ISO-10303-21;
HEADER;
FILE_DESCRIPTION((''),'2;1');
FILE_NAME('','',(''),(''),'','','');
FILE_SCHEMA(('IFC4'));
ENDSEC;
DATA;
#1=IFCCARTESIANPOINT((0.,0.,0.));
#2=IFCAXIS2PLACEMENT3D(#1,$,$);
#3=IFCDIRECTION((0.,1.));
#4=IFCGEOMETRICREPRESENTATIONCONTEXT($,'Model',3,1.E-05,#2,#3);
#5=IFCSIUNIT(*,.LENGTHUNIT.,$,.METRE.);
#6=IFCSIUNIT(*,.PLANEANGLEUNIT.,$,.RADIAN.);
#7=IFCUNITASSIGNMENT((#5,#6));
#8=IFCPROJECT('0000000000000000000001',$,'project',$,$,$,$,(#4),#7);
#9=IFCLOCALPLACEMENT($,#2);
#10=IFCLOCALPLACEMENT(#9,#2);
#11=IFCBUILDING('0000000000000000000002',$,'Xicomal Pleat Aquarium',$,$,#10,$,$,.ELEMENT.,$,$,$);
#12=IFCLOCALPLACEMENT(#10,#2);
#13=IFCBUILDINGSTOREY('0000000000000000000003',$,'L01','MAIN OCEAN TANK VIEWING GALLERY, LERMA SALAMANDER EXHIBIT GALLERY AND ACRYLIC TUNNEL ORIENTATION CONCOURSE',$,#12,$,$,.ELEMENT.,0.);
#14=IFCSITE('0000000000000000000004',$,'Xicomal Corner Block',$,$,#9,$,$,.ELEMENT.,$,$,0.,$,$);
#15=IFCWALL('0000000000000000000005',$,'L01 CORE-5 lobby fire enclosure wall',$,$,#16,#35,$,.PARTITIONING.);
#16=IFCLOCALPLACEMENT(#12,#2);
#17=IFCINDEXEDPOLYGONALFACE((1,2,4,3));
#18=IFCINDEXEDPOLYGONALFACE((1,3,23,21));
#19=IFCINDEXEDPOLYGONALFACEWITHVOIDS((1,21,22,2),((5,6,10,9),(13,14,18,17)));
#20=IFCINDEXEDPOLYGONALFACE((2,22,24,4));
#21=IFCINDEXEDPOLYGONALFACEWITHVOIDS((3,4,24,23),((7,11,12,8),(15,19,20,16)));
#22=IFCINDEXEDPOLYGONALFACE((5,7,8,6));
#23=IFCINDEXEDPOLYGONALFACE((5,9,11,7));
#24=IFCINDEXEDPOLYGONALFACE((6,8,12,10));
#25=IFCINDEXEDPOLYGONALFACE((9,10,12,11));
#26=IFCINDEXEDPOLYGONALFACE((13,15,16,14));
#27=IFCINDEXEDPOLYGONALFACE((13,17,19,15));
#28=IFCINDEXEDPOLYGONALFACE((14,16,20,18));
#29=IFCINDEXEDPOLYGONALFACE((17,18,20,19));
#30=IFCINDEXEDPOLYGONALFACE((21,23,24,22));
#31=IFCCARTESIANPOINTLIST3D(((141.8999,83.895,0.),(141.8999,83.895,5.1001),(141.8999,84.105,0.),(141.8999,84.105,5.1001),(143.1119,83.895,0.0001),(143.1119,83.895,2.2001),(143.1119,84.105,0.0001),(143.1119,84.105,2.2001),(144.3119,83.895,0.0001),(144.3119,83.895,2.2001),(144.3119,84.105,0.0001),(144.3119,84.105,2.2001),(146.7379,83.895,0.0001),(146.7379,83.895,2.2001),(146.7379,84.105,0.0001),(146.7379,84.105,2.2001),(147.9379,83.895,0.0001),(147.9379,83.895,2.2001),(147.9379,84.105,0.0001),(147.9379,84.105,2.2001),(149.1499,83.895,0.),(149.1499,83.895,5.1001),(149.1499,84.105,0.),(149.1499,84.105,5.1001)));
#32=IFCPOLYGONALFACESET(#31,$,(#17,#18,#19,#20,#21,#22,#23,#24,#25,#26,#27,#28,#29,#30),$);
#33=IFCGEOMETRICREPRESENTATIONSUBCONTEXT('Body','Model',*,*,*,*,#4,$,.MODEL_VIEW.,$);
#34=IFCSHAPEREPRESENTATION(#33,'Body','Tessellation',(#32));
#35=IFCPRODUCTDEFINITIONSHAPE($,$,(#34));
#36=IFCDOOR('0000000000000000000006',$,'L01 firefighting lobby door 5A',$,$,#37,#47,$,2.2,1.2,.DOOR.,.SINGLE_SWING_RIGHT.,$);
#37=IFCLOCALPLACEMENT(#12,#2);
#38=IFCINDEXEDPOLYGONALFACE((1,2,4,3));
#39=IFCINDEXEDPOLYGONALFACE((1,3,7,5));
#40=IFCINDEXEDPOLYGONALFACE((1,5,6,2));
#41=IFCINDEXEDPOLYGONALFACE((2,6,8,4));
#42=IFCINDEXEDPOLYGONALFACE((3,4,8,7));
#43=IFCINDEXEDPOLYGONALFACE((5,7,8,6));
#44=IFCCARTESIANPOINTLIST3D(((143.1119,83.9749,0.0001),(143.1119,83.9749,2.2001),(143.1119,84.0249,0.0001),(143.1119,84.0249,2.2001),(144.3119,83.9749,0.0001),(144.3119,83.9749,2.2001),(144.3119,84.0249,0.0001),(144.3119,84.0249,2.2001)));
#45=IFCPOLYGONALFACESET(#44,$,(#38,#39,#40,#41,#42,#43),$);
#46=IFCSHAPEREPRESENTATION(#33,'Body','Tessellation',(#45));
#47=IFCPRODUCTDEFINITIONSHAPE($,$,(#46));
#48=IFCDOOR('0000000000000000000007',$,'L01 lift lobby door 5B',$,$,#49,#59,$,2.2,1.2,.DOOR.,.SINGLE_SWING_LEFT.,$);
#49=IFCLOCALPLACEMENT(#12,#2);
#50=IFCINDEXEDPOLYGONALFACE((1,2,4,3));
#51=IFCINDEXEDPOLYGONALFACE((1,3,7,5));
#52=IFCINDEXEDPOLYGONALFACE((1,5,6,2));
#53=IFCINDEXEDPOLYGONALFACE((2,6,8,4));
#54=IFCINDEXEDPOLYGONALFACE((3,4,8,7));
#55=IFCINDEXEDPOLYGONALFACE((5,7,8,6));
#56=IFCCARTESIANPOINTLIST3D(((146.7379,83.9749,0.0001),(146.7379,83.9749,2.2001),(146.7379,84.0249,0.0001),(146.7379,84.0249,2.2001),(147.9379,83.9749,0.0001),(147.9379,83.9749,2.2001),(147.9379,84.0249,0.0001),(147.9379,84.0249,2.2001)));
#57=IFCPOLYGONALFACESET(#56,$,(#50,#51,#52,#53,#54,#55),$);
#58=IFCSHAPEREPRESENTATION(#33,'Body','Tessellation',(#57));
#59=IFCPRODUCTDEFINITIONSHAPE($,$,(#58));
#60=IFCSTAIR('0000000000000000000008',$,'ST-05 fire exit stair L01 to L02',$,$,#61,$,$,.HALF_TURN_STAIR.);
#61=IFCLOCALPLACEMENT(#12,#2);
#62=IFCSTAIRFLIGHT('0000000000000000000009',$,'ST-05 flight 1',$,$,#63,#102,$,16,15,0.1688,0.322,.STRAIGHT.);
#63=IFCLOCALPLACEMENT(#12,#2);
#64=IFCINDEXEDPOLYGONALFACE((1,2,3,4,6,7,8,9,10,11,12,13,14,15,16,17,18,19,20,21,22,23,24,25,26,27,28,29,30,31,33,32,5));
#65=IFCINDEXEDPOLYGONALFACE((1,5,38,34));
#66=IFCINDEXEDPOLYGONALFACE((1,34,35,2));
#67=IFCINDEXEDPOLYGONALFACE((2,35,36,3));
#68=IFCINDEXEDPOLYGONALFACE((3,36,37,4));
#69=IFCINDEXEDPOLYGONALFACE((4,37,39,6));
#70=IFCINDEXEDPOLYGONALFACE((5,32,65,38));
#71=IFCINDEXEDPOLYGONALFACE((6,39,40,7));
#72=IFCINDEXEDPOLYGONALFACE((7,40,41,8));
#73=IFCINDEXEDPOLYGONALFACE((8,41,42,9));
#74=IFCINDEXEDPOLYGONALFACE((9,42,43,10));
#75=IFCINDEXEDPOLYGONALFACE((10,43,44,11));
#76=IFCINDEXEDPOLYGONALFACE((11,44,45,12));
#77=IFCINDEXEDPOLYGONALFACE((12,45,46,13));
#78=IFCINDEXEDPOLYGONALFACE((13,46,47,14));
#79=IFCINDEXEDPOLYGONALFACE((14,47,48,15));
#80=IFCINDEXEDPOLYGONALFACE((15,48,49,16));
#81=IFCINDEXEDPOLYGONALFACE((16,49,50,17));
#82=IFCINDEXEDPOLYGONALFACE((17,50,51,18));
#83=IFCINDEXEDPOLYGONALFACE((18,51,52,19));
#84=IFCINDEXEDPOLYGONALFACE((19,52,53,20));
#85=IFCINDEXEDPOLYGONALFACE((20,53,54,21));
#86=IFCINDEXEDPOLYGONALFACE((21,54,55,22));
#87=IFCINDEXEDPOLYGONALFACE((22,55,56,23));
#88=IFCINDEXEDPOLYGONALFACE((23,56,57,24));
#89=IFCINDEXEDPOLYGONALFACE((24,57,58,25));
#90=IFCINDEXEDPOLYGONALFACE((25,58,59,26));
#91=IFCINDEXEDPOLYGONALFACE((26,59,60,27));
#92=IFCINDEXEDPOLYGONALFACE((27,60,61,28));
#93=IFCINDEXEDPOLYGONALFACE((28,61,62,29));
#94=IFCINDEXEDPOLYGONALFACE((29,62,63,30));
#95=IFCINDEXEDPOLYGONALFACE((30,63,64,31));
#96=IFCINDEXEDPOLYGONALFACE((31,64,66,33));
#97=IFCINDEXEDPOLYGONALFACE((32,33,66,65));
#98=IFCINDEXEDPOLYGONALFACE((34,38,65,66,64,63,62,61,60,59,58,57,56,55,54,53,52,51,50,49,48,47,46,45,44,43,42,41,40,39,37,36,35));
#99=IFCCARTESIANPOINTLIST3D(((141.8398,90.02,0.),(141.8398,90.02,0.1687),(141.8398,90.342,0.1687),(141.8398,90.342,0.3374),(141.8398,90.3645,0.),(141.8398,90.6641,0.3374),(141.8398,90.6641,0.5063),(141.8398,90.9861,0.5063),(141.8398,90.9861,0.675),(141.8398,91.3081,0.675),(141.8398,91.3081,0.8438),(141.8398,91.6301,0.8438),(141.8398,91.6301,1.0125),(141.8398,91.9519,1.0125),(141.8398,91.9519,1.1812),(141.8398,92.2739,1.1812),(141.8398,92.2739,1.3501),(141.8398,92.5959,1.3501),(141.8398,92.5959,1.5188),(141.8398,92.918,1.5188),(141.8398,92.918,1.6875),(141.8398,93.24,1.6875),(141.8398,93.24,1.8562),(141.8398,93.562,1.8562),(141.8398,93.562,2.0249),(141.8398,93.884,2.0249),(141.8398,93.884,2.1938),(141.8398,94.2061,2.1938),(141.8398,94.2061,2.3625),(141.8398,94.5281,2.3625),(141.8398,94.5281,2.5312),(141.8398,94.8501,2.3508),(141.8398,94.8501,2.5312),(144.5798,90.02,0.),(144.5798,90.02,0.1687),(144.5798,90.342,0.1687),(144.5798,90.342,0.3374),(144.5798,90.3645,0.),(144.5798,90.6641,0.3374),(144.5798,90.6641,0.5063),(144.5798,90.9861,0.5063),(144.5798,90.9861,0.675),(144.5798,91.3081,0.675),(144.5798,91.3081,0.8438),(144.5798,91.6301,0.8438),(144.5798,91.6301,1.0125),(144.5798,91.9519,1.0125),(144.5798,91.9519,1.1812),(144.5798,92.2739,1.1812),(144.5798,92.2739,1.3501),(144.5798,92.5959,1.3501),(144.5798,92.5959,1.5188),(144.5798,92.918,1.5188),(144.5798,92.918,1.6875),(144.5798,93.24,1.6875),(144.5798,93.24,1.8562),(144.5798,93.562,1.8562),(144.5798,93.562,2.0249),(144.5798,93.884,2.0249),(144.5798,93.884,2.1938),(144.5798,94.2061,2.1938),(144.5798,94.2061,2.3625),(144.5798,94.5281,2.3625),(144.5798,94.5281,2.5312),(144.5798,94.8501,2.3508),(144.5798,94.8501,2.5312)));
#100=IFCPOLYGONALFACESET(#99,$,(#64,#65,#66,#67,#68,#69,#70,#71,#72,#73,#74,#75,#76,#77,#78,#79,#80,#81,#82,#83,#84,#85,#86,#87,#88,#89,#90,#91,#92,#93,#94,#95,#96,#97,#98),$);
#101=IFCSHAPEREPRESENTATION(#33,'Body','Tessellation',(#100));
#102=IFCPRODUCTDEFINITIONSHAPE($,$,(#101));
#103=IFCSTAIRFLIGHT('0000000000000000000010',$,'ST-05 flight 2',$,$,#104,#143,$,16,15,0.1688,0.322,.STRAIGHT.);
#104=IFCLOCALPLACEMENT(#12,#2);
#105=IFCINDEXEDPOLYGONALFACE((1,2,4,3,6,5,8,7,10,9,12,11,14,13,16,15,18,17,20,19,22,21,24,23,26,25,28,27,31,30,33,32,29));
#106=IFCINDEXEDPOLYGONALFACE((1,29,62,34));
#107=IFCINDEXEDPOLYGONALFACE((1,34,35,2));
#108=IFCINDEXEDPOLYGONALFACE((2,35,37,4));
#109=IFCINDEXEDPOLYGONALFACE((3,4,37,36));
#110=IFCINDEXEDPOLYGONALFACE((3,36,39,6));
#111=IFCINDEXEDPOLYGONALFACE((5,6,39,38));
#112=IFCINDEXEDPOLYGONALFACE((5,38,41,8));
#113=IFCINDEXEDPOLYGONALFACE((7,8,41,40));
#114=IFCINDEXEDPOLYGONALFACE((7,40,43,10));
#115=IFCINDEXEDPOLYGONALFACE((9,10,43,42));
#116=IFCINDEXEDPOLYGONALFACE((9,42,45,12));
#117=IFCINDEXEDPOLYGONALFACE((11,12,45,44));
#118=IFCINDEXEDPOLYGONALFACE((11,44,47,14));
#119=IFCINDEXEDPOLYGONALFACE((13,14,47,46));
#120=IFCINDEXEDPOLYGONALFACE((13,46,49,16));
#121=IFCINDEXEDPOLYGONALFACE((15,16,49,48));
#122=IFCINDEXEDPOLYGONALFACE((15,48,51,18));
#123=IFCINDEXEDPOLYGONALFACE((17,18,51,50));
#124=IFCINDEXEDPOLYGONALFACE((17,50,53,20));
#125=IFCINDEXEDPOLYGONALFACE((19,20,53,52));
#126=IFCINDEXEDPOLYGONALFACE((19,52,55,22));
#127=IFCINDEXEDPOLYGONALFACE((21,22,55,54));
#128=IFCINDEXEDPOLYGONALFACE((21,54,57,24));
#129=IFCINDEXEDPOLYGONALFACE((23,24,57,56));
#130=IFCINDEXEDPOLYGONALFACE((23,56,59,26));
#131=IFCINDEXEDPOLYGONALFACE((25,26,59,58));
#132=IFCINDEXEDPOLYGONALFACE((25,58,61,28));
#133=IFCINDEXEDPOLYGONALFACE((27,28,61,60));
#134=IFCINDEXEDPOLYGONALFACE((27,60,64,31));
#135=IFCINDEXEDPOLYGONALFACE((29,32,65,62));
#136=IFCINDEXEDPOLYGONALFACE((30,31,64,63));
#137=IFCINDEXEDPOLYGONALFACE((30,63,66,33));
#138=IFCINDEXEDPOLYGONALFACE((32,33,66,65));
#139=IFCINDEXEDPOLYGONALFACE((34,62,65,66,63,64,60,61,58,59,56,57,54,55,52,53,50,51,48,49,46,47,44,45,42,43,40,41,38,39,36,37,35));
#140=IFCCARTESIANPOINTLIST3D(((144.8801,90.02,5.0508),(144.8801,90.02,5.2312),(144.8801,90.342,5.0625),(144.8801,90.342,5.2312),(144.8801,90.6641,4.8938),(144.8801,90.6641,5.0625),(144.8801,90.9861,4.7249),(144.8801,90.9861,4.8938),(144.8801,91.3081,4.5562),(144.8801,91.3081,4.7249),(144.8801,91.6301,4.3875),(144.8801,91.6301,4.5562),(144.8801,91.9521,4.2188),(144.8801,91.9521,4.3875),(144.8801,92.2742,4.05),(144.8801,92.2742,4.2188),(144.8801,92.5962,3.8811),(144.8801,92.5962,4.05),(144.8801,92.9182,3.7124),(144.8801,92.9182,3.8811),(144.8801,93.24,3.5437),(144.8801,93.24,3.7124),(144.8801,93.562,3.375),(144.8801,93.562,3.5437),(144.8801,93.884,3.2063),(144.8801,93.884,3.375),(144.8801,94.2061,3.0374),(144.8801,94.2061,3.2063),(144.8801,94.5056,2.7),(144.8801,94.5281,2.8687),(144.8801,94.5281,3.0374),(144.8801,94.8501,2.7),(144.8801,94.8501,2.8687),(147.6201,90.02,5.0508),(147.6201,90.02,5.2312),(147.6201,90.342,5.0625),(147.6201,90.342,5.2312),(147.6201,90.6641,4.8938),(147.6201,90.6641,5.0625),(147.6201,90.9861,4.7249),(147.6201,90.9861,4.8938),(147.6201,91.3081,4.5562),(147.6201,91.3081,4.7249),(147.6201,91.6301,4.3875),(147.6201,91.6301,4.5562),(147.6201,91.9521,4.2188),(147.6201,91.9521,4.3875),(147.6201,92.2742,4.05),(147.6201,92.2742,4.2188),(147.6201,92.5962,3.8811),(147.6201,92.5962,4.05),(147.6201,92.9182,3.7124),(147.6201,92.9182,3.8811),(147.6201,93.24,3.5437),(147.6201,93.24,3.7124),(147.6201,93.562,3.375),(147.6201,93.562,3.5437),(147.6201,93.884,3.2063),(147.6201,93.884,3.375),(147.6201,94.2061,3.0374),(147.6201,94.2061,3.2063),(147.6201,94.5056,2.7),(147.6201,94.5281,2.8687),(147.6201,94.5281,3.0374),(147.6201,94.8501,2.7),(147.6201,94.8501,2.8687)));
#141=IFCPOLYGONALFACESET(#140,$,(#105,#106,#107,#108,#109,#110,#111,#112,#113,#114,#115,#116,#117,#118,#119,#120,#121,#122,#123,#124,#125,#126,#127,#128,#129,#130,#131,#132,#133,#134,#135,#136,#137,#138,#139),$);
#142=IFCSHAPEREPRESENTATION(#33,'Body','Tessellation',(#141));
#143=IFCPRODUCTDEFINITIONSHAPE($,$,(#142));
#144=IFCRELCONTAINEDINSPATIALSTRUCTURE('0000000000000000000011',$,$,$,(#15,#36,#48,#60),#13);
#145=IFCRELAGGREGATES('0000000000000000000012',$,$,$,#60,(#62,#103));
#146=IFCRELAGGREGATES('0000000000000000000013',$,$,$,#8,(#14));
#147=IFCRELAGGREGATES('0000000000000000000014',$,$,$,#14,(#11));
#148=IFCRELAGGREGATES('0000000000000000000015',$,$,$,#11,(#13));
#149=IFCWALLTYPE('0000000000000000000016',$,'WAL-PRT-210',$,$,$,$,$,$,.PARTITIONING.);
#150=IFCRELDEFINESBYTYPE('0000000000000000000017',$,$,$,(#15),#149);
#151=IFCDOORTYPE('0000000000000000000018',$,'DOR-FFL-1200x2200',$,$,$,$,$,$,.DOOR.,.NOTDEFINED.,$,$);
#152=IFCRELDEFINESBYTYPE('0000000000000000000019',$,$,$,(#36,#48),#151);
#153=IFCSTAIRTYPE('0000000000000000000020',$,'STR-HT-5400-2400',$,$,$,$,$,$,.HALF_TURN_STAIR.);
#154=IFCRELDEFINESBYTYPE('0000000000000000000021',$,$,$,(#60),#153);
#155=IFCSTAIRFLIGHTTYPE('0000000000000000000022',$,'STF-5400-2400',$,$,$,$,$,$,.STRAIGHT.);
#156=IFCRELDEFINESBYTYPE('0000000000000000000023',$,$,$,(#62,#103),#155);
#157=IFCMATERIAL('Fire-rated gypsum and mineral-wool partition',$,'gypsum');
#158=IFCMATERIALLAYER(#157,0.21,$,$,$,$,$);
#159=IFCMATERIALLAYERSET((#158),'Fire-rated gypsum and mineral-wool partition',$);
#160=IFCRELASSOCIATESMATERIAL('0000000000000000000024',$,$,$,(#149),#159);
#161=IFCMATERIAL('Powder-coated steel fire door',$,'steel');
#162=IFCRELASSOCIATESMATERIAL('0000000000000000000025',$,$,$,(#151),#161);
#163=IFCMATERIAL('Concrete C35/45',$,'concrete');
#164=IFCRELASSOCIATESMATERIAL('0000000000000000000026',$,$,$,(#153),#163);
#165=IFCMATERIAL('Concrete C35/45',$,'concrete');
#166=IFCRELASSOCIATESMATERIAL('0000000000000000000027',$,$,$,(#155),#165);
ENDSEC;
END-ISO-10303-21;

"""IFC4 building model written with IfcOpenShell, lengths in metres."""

from ifc_helpers import new_model, si_unit, direction, frame, frame_2d, origin, place, context, subcontext, project, spatial, polyline, rectangle, outline, extrude, material, layer, layer_set, type_object, element, fill, aggregate, save


model = new_model("IFC4")

# Units and contexts
model_context = context("Model", 3, precision=1e-05, world=origin(), true_north=direction((0.0, 1.0)))
body_context = subcontext(model_context, "Body", "Model", "MODEL_VIEW")
ifc_project = project(units=[si_unit("LENGTHUNIT", "METRE"), si_unit("PLANEANGLEUNIT", "RADIAN")], contexts=[model_context])

# Site, building, storey
site_placement = place(None, origin())
site = spatial("IfcSite", under=ifc_project, at=site_placement, Name="Xicomal Corner Block", CompositionType="ELEMENT", RefElevation=0.0)
building_placement = place(site_placement, origin())
building = spatial("IfcBuilding", under=site, at=building_placement, Name="Xicomal Pleat Aquarium", CompositionType="ELEMENT")
storey_placement = place(building_placement, origin())
storey = spatial("IfcBuildingStorey", under=building, at=storey_placement, Name="L01", Description="MAIN OCEAN TANK VIEWING GALLERY, LERMA SALAMANDER EXHIBIT GALLERY AND ACRYLIC TUNNEL ORIENTATION CONCOURSE", CompositionType="ELEMENT", Elevation=0.0)

# Wall, openings, doors
ifc_material_1 = material(Name="Fire-rated gypsum and mineral-wool partition", Category="gypsum")
ifc_layer_1 = layer(ifc_material_1, 0.21)
ifc_layer_set_1 = layer_set([ifc_layer_1], Name="Fire-rated gypsum and mineral-wool partition")
wall_type_1 = type_object("IfcWallType", Name="WAL-PRT-210", PredefinedType="PARTITIONING", material=ifc_layer_set_1)
wall_1_placement = place(storey_placement, frame((141.8999, 84.0, 0.0), z_axis=(0.0, 0.0, 1.0), x_axis=(1.0, 0.0, 0.0)))
wall_1 = element("IfcWall", 1, at=wall_1_placement, inside=storey, type_object=wall_type_1, Name="L01 CORE-5 lobby fire enclosure wall", PredefinedType="PARTITIONING", context=body_context, shape_type="SweptSolid", body=[
    extrude(rectangle(XDim=7.25, YDim=0.21, at=frame_2d((3.625, 0.0))), origin(), (0.0, 0.0, 1.0), 5.1001),
])
opening_1_placement = place(wall_1_placement, frame((1.2119, 0.0, 0.0)))
opening_1 = element("IfcOpeningElement", 2, at=opening_1_placement, cuts=wall_1, PredefinedType="OPENING", context=body_context, shape_type="SweptSolid", body=[
    extrude(rectangle(XDim=1.2, YDim=2.2, at=frame_2d((0.6001, 1.1001))), frame((0.0, 0.115, 0.0), z_axis=(0.0, -1.0, 0.0), x_axis=(1.0, 0.0, 0.0)), (0.0, 0.0, 1.0), 0.23),
])
opening_2_placement = place(wall_1_placement, frame((4.8379, 0.0, 0.0)))
opening_2 = element("IfcOpeningElement", 3, at=opening_2_placement, cuts=wall_1, PredefinedType="OPENING", context=body_context, shape_type="SweptSolid", body=[
    extrude(rectangle(XDim=1.2, YDim=2.2, at=frame_2d((0.6001, 1.1001))), frame((0.0, 0.115, 0.0), z_axis=(0.0, -1.0, 0.0), x_axis=(1.0, 0.0, 0.0)), (0.0, 0.0, 1.0), 0.23),
])
ifc_material_2 = material(Name="Powder-coated steel fire door", Category="steel")
door_type_1 = type_object("IfcDoorType", Name="DOR-FFL-1200x2200", OperationType="NOTDEFINED", PredefinedType="DOOR", material=ifc_material_2)
door_1_placement = place(opening_1_placement, origin())
door_1 = element("IfcDoor", 4, at=door_1_placement, inside=storey, type_object=door_type_1, Name="L01 firefighting lobby door 5A", OperationType="SINGLE_SWING_RIGHT", OverallHeight=2.2, OverallWidth=1.2, PredefinedType="DOOR", context=body_context, shape_type="SweptSolid", body=[
    extrude(rectangle(XDim=1.2, YDim=2.2, at=frame_2d((0.6001, 1.1001))), frame((0.0, 0.0249, 0.0), z_axis=(0.0, -1.0, 0.0), x_axis=(1.0, 0.0, 0.0)), (0.0, 0.0, 1.0), 0.05),
])
fill(opening_1, door_1)
door_2_placement = place(opening_2_placement, origin())
door_2 = element("IfcDoor", 5, at=door_2_placement, inside=storey, type_object=door_type_1, Name="L01 lift lobby door 5B", OperationType="SINGLE_SWING_LEFT", OverallHeight=2.2, OverallWidth=1.2, PredefinedType="DOOR", context=body_context, shape_type="SweptSolid", body=[
    extrude(rectangle(XDim=1.2, YDim=2.2, at=frame_2d((0.6001, 1.1001))), frame((0.0, 0.0249, 0.0), z_axis=(0.0, -1.0, 0.0), x_axis=(1.0, 0.0, 0.0)), (0.0, 0.0, 1.0), 0.05),
])
fill(opening_2, door_2)

# Stair, stair flights
ifc_material_3 = material(Name="Concrete C35/45", Category="concrete")
stair_type = type_object("IfcStairType", Name="STR-HT-5400-2400", PredefinedType="HALF_TURN_STAIR", material=ifc_material_3)
stair_placement = place(storey_placement, origin())
stair = element("IfcStair", 6, at=stair_placement, inside=storey, type_object=stair_type, Name="ST-05 fire exit stair L01 to L02", PredefinedType="HALF_TURN_STAIR")
ifc_material_4 = material(Name="Concrete C35/45", Category="concrete")
stair_flight_type = type_object("IfcStairFlightType", Name="STF-5400-2400", PredefinedType="STRAIGHT", material=ifc_material_4)
stair_flight_1_placement = place(storey_placement, frame((143.21, 90.02, 0.0), z_axis=(0.0, 0.0, 1.0), x_axis=(0.0, 1.0, 0.0)))
stair_flight_1 = element("IfcStairFlight", 7, at=stair_flight_1_placement, type_object=stair_flight_type, Name="ST-05 flight 1", NumberOfRisers=16, NumberOfTreads=15, PredefinedType="STRAIGHT", RiserHeight=0.1688, TreadLength=0.322, context=body_context, shape_type="SweptSolid", body=[
    extrude(outline(polyline([(0.0, 0.0), (0.0, 0.1687), (0.322, 0.1687), (0.322, 0.3374), (0.644, 0.3374), (0.644, 0.5063), (0.9661, 0.5063), (0.9661, 0.675), (1.2881, 0.675), (1.2881, 0.8438), (1.6101, 0.8438), (1.6101, 1.0125), (1.9319, 1.0125), (1.9319, 1.1812), (2.2539, 1.1812), (2.2539, 1.3501), (2.5759, 1.3501), (2.5759, 1.5188), (2.8979, 1.5188), (2.8979, 1.6875), (3.22, 1.6875), (3.22, 1.8562), (3.542, 1.8562), (3.542, 2.0249), (3.864, 2.0249), (3.864, 2.1938), (4.186, 2.1938), (4.186, 2.3625), (4.5081, 2.3625), (4.5081, 2.5312), (4.8301, 2.5312), (4.8301, 2.7), (4.8301, 2.3508), (0.3445, 0.0), (0.0, 0.0)])), frame((0.0, 1.3701, 0.0), z_axis=(0.0, -1.0, 0.0), x_axis=(1.0, 0.0, 0.0)), (0.0, 0.0, 1.0), 2.74),
])
stair_flight_2_placement = place(storey_placement, frame((146.25, 94.8501, 2.7), z_axis=(0.0, 0.0, 1.0), x_axis=(0.0, -1.0, 0.0)))
stair_flight_2 = element("IfcStairFlight", 8, at=stair_flight_2_placement, type_object=stair_flight_type, Name="ST-05 flight 2", NumberOfRisers=16, NumberOfTreads=15, PredefinedType="STRAIGHT", RiserHeight=0.1688, TreadLength=0.322, context=body_context, shape_type="SweptSolid", body=[
    extrude(outline(polyline([(0.0, 0.0), (0.0, 0.1687), (0.322, 0.1687), (0.322, 0.3374), (0.644, 0.3374), (0.644, 0.5063), (0.9661, 0.5063), (0.9661, 0.675), (1.2881, 0.675), (1.2881, 0.8438), (1.6101, 0.8438), (1.6101, 1.0125), (1.9319, 1.0125), (1.9319, 1.1812), (2.2539, 1.1812), (2.2539, 1.3501), (2.5759, 1.3501), (2.5759, 1.5188), (2.8979, 1.5188), (2.8979, 1.6875), (3.22, 1.6875), (3.22, 1.8562), (3.542, 1.8562), (3.542, 2.0249), (3.864, 2.0249), (3.864, 2.1938), (4.186, 2.1938), (4.186, 2.3625), (4.5081, 2.3625), (4.5081, 2.5312), (4.8301, 2.5312), (4.8301, 2.7), (4.8301, 2.3508), (0.3445, 0.0), (0.0, 0.0)])), frame((0.0, 1.3701, 0.0), z_axis=(0.0, -1.0, 0.0), x_axis=(1.0, 0.0, 0.0)), (0.0, 0.0, 1.0), 2.74),
])
aggregate(stair, [stair_flight_1, stair_flight_2])

save(model, "model.ifc")
